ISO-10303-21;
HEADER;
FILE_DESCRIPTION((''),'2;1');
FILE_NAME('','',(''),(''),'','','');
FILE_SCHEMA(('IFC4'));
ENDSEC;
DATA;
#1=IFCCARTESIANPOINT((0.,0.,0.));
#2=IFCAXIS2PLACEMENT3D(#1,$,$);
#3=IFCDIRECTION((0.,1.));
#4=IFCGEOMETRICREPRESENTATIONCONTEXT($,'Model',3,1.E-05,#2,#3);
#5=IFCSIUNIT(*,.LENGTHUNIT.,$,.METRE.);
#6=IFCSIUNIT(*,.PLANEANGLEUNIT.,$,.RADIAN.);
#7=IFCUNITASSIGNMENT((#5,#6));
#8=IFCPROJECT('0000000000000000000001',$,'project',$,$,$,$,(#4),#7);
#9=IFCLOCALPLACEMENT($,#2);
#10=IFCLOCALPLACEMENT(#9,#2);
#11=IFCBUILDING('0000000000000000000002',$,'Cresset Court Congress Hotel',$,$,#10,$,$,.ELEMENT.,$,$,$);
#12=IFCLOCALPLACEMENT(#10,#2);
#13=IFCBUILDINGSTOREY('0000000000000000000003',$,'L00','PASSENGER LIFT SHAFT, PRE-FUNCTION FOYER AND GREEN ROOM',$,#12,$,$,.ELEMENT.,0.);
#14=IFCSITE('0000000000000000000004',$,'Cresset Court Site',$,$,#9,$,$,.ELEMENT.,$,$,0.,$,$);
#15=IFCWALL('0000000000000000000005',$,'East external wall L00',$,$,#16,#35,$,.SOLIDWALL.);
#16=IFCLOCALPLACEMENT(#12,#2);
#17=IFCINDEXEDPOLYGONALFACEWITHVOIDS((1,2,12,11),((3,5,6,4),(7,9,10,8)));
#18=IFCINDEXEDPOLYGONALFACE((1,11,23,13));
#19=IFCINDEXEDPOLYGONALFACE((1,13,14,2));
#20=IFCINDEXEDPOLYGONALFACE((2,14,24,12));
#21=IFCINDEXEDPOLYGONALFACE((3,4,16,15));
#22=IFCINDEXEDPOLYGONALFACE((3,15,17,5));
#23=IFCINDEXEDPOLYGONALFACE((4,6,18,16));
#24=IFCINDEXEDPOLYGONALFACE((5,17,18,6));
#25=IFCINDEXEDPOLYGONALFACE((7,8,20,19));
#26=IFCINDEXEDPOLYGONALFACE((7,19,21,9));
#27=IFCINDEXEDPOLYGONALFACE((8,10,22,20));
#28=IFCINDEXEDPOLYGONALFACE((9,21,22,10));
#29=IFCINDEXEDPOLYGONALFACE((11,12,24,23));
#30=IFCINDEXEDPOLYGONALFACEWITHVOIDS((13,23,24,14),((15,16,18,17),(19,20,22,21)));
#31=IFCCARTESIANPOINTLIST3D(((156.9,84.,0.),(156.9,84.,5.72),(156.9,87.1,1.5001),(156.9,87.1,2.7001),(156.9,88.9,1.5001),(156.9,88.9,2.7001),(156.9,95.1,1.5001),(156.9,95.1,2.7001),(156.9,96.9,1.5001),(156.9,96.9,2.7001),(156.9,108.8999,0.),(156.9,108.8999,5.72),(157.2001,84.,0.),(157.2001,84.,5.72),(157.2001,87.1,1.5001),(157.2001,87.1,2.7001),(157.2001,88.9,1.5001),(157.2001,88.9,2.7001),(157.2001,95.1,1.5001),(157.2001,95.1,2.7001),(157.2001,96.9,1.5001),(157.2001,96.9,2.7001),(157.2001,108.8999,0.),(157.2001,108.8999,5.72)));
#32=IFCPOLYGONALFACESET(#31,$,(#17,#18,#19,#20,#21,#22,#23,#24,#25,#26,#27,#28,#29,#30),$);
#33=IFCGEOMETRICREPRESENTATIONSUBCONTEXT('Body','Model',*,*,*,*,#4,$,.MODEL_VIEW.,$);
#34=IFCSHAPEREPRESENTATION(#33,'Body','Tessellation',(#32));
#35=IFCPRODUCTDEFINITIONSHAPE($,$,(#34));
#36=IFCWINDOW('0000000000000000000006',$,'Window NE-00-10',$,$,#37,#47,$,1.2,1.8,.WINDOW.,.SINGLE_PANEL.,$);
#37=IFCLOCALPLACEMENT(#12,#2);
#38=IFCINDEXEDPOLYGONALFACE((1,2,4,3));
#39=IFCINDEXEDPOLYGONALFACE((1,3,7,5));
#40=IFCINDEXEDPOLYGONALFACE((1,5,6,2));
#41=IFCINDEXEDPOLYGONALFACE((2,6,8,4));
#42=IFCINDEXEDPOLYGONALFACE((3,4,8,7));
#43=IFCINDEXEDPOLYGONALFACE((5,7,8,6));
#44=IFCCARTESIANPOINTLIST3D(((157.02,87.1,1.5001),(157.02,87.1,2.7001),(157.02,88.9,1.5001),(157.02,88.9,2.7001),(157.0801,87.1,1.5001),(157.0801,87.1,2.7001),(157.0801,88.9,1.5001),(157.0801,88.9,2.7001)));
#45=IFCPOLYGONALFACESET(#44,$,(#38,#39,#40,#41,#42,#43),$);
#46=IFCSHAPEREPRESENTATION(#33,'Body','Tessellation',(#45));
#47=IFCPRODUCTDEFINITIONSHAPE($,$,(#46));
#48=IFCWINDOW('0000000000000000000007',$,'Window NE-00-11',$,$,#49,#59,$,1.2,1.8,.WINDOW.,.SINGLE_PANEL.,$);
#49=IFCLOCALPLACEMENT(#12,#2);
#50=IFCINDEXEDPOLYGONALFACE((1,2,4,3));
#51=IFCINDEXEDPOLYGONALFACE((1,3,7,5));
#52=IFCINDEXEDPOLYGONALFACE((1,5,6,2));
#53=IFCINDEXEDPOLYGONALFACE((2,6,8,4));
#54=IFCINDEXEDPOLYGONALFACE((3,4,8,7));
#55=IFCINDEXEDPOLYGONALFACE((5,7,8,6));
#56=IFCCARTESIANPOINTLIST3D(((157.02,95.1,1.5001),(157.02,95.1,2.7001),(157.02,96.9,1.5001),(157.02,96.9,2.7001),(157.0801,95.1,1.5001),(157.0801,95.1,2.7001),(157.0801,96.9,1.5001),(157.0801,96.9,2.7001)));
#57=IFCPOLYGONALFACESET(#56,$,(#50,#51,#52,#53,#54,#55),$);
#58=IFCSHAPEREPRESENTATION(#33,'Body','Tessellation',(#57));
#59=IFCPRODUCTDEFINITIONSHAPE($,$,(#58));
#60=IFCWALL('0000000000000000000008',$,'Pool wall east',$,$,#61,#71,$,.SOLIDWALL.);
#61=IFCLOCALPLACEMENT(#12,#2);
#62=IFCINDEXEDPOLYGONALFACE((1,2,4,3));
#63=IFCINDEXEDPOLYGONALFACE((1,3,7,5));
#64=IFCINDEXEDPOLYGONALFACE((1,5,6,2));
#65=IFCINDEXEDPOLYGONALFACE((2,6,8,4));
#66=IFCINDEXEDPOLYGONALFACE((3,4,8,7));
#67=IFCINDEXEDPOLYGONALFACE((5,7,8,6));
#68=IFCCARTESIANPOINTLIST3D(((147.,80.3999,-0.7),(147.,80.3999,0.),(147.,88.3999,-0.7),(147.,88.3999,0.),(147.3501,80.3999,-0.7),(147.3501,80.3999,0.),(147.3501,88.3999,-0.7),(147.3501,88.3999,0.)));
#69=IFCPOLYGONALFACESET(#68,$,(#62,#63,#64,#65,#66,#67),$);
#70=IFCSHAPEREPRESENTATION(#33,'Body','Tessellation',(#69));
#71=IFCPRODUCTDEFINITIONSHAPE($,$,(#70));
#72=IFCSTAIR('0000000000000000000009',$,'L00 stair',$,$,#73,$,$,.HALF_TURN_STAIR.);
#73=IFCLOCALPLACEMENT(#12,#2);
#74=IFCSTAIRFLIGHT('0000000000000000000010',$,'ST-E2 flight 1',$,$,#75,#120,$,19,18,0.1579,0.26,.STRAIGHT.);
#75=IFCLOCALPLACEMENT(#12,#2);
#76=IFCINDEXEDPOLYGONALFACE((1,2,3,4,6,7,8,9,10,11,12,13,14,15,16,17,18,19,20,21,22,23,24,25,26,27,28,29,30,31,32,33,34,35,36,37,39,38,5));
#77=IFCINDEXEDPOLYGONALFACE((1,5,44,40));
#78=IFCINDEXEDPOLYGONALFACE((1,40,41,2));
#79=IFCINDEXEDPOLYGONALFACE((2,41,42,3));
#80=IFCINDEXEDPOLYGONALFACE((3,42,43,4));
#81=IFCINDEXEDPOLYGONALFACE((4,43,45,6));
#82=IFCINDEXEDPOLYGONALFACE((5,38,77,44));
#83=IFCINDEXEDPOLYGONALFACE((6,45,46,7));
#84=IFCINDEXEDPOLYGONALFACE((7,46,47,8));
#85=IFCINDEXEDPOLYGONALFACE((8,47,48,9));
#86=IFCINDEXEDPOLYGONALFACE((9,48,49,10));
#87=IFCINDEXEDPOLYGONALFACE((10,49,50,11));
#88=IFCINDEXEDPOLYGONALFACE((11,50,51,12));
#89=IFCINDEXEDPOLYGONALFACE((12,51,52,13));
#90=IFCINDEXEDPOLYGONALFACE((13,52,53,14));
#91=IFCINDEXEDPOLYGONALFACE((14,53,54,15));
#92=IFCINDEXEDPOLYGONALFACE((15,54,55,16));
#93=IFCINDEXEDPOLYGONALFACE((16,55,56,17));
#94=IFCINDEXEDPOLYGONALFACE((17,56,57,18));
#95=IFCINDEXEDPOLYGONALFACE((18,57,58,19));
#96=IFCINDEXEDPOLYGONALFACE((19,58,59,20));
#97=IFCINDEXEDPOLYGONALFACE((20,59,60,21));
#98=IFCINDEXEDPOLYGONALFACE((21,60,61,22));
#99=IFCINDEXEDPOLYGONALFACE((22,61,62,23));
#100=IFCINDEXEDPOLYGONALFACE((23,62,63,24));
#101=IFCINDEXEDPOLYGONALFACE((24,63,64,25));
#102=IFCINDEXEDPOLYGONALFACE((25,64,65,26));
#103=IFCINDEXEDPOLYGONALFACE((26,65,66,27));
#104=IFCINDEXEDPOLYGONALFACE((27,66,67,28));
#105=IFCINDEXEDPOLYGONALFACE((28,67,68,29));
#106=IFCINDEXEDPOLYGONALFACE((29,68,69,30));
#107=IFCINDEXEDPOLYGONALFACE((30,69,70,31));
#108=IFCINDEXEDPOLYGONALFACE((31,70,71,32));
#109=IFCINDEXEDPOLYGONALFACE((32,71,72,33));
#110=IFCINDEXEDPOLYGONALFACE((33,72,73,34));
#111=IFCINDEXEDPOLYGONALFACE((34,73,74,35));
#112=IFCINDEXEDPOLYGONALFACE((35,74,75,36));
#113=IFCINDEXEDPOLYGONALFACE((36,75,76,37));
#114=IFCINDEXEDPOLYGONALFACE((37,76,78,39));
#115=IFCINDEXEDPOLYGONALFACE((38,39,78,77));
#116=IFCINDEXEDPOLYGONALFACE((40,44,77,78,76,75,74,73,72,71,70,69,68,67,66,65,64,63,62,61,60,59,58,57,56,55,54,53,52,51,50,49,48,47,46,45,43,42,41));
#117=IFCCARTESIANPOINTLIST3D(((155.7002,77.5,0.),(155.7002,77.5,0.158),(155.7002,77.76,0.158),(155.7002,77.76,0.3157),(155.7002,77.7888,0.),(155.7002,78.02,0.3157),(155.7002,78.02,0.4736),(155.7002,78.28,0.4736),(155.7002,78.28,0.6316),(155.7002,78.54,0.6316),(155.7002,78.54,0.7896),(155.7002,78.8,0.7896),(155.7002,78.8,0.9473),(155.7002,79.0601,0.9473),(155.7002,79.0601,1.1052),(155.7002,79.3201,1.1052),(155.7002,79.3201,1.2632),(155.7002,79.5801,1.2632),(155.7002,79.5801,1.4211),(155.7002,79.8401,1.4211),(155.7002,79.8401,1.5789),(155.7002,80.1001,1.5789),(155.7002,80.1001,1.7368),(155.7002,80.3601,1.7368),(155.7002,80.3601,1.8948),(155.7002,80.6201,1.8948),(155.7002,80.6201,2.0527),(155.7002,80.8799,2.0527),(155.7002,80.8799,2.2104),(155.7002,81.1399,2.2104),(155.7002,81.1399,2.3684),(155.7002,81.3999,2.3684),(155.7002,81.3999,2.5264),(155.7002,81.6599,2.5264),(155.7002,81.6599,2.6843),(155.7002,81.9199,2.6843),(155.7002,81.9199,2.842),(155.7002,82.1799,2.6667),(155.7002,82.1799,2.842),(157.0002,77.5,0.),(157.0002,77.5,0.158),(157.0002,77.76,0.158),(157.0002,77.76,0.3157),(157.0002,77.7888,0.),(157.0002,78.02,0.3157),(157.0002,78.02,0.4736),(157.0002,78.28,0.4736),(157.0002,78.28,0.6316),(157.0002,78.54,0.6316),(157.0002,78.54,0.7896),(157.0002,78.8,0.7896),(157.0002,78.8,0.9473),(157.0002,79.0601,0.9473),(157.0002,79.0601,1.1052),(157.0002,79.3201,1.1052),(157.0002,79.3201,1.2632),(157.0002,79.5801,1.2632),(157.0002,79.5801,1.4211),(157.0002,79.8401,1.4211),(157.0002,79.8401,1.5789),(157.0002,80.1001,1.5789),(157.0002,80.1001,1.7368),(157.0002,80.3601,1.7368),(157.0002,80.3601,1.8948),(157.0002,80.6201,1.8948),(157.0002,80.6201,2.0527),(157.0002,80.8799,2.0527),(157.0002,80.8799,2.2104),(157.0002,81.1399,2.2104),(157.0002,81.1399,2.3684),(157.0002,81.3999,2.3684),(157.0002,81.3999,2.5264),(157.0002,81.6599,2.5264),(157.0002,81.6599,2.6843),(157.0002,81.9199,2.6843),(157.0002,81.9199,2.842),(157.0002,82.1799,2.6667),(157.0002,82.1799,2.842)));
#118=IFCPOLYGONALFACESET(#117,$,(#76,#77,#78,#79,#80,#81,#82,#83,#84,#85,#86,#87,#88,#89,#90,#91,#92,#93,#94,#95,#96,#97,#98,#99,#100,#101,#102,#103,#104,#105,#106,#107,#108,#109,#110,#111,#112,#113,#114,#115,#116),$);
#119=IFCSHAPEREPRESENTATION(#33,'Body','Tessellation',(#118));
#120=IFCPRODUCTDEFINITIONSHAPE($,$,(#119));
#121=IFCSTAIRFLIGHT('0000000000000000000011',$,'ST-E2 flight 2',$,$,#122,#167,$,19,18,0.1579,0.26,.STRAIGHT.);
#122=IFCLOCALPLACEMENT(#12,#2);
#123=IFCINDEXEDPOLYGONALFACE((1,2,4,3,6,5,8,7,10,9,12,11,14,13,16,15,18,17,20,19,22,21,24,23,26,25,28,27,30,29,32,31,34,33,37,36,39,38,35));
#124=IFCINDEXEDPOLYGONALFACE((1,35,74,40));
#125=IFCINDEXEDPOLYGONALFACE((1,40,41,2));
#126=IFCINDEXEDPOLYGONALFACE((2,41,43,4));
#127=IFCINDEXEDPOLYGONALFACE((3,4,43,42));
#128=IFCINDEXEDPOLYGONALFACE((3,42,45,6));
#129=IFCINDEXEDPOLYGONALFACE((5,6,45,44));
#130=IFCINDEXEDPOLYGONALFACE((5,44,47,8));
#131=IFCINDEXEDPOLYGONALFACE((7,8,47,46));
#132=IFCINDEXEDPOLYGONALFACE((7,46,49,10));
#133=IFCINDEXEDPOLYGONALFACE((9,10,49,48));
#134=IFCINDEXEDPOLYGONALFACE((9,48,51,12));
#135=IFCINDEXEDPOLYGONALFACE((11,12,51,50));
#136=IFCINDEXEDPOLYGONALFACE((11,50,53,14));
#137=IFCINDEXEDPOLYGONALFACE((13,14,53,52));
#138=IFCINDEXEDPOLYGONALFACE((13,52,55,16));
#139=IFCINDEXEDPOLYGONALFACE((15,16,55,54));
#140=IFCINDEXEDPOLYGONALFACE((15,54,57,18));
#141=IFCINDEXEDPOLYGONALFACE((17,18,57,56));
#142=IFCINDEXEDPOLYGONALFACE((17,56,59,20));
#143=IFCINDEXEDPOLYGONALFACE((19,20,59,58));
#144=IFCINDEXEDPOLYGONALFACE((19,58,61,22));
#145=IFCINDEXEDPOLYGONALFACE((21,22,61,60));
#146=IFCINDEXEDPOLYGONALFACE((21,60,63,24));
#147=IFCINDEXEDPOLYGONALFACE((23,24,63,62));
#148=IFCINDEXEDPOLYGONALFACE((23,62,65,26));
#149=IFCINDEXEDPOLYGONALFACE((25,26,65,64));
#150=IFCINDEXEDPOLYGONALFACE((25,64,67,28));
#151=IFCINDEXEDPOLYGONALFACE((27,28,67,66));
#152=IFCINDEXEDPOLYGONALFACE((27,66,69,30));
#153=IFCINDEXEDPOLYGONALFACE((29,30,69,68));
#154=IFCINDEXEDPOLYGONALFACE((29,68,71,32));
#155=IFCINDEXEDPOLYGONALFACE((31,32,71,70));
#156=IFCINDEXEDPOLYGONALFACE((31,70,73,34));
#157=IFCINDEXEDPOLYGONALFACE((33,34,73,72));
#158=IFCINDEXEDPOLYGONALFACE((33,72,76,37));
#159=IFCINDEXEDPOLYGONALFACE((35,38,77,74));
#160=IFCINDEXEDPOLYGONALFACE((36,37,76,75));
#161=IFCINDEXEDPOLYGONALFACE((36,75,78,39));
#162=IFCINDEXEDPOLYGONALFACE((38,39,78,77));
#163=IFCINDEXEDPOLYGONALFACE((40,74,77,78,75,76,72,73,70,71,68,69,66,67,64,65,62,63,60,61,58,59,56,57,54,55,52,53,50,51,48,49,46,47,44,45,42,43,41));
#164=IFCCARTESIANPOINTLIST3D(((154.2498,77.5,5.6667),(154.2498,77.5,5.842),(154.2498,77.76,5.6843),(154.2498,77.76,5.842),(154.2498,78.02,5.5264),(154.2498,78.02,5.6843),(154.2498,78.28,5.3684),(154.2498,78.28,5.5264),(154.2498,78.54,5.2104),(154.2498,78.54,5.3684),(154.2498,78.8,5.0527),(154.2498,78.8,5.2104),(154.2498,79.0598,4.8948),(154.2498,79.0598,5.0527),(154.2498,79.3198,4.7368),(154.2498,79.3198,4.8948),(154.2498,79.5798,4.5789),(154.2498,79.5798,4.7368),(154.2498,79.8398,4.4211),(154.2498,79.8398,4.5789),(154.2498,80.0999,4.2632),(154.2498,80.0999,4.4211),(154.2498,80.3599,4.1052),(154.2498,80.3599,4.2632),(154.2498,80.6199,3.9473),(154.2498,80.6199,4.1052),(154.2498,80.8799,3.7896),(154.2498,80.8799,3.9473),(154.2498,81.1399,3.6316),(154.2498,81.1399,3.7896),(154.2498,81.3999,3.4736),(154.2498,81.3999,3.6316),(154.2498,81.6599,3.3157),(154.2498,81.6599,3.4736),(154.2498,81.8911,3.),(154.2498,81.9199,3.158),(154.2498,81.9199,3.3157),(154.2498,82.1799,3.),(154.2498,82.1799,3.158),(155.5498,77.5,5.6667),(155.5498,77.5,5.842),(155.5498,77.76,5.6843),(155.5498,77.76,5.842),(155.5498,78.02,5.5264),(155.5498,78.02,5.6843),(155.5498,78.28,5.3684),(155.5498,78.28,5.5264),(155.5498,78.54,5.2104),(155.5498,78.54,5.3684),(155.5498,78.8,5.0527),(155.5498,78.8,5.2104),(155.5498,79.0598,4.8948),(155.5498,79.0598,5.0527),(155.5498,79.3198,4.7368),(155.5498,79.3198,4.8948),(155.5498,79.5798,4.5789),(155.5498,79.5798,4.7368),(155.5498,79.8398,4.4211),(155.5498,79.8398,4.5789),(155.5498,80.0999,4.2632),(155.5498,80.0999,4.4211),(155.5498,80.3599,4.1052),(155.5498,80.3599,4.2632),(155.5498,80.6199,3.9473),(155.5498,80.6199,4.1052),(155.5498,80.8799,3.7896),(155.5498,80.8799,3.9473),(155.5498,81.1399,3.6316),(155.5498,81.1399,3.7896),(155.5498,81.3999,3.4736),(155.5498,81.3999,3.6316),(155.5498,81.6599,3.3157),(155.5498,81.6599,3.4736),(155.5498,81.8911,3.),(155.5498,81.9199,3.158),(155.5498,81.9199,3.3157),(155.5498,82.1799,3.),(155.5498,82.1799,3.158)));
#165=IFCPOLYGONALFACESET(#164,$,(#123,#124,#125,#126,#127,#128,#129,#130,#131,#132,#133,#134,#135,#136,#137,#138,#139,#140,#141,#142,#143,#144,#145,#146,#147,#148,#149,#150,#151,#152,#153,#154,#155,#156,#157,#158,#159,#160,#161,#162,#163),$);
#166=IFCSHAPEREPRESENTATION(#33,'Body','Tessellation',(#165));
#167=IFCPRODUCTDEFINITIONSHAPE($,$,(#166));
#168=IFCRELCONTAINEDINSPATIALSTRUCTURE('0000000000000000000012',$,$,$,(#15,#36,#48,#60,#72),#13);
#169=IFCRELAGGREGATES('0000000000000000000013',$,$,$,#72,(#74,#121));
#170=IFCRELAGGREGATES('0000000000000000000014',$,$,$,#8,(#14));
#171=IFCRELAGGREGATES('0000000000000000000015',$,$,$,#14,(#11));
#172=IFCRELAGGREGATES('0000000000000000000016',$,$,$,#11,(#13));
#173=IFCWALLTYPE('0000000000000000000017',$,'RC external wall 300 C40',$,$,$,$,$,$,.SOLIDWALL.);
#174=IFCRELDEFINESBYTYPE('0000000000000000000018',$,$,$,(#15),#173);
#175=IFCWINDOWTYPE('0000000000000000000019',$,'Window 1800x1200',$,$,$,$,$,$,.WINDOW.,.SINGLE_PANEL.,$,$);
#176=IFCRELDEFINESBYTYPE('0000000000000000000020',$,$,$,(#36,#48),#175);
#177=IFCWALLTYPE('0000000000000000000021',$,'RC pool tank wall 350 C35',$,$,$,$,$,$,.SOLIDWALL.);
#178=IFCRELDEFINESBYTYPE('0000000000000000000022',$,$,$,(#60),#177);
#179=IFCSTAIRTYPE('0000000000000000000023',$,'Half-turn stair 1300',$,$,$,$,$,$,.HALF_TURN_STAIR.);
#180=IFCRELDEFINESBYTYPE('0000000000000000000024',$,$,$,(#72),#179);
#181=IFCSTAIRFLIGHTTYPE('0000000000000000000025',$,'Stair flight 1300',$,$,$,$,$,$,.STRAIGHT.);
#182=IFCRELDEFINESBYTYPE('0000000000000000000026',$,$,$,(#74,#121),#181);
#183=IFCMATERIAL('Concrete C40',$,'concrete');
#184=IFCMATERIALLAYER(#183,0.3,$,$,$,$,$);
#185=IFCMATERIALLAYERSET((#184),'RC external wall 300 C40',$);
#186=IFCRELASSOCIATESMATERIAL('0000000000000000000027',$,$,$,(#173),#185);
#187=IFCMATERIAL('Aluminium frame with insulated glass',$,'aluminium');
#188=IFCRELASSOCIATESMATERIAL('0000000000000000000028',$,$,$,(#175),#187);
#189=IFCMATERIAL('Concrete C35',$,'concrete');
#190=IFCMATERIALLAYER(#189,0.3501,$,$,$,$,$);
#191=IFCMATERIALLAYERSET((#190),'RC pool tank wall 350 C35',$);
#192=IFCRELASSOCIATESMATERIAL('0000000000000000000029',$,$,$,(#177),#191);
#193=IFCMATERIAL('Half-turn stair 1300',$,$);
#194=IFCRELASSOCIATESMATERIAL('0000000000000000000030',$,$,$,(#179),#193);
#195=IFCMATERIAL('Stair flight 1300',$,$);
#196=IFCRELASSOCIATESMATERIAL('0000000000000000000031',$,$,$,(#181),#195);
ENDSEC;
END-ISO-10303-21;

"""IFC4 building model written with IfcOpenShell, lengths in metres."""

from ifc_helpers import new_model, si_unit, direction, frame, frame_2d, origin, place, context, subcontext, project, spatial, polyline, rectangle, outline, extrude, material, layer, layer_set, type_object, element, fill, aggregate, save


model = new_model("IFC4")

# Units and contexts
model_context = context("Model", 3, precision=1e-05, world=origin(), true_north=direction((0.0, 1.0)))
body_context = subcontext(model_context, "Body", "Model", "MODEL_VIEW")
ifc_project = project(units=[si_unit("LENGTHUNIT", "METRE"), si_unit("PLANEANGLEUNIT", "RADIAN")], contexts=[model_context])

# Site, building, storey
site_placement = place(None, origin())
site = spatial("IfcSite", under=ifc_project, at=site_placement, Name="Cresset Court Site", CompositionType="ELEMENT", RefElevation=0.0)
building_placement = place(site_placement, origin())
building = spatial("IfcBuilding", under=site, at=building_placement, Name="Cresset Court Congress Hotel", CompositionType="ELEMENT")
storey_placement = place(building_placement, origin())
storey = spatial("IfcBuildingStorey", under=building, at=storey_placement, Name="L00", Description="PASSENGER LIFT SHAFT, PRE-FUNCTION FOYER AND GREEN ROOM", CompositionType="ELEMENT", Elevation=0.0)

# Wall, openings, windows
ifc_material_1 = material(Name="Concrete C40", Category="concrete")
ifc_layer_1 = layer(ifc_material_1, 0.3)
ifc_layer_set_1 = layer_set([ifc_layer_1], Name="RC external wall 300 C40")
wall_type_1 = type_object("IfcWallType", Name="RC external wall 300 C40", PredefinedType="SOLIDWALL", material=ifc_layer_set_1)
wall_1_placement = place(storey_placement, frame((157.05, 84.0, 0.0), z_axis=(0.0, 0.0, 1.0), x_axis=(0.0, 1.0, 0.0)))
wall_1 = element("IfcWall", 1, at=wall_1_placement, inside=storey, type_object=wall_type_1, Name="East external wall L00", PredefinedType="SOLIDWALL", context=body_context, shape_type="SweptSolid", body=[
    extrude(rectangle(XDim=24.8999, YDim=0.3, at=frame_2d((12.45, 0.0))), origin(), (0.0, 0.0, 1.0), 5.72),
])
opening_1_placement = place(wall_1_placement, frame((3.1001, 0.0, 1.5)))
opening_1 = element("IfcOpeningElement", 2, at=opening_1_placement, cuts=wall_1, PredefinedType="OPENING", context=body_context, shape_type="SweptSolid", body=[
    extrude(rectangle(XDim=1.8, YDim=1.2, at=frame_2d((0.8999, 0.6001))), frame((0.0, 0.1599, 0.0), z_axis=(0.0, -1.0, 0.0), x_axis=(1.0, 0.0, 0.0)), (0.0, 0.0, 1.0), 0.3201),
])
opening_2_placement = place(wall_1_placement, frame((11.1001, 0.0, 1.5)))
opening_2 = element("IfcOpeningElement", 3, at=opening_2_placement, cuts=wall_1, PredefinedType="OPENING", context=body_context, shape_type="SweptSolid", body=[
    extrude(rectangle(XDim=1.8, YDim=1.2, at=frame_2d((0.8999, 0.6001))), frame((0.0, 0.1599, 0.0), z_axis=(0.0, -1.0, 0.0), x_axis=(1.0, 0.0, 0.0)), (0.0, 0.0, 1.0), 0.3201),
])
ifc_material_2 = material(Name="Aluminium frame with insulated glass", Category="aluminium")
window_type = type_object("IfcWindowType", Name="Window 1800x1200", PartitioningType="SINGLE_PANEL", PredefinedType="WINDOW", material=ifc_material_2)
window_1_placement = place(opening_1_placement, origin())
window_1 = element("IfcWindow", 4, at=window_1_placement, inside=storey, type_object=window_type, Name="Window NE-00-10", OverallHeight=1.2, OverallWidth=1.8, PartitioningType="SINGLE_PANEL", PredefinedType="WINDOW", context=body_context, shape_type="SweptSolid", body=[
    extrude(rectangle(XDim=1.8, YDim=1.2, at=frame_2d((0.8999, 0.6001))), frame((0.0, 0.03, 0.0), z_axis=(0.0, -1.0, 0.0), x_axis=(1.0, 0.0, 0.0)), (0.0, 0.0, 1.0), 0.0601),
])
fill(opening_1, window_1)
window_2_placement = place(opening_2_placement, origin())
window_2 = element("IfcWindow", 5, at=window_2_placement, inside=storey, type_object=window_type, Name="Window NE-00-11", OverallHeight=1.2, OverallWidth=1.8, PartitioningType="SINGLE_PANEL", PredefinedType="WINDOW", context=body_context, shape_type="SweptSolid", body=[
    extrude(rectangle(XDim=1.8, YDim=1.2, at=frame_2d((0.8999, 0.6001))), frame((0.0, 0.03, 0.0), z_axis=(0.0, -1.0, 0.0), x_axis=(1.0, 0.0, 0.0)), (0.0, 0.0, 1.0), 0.0601),
])
fill(opening_2, window_2)

# Wall
ifc_material_3 = material(Name="Concrete C35", Category="concrete")
ifc_layer_2 = layer(ifc_material_3, 0.3501)
ifc_layer_set_2 = layer_set([ifc_layer_2], Name="RC pool tank wall 350 C35")
wall_type_2 = type_object("IfcWallType", Name="RC pool tank wall 350 C35", PredefinedType="SOLIDWALL", material=ifc_layer_set_2)
wall_2_placement = place(storey_placement, frame((147.175, 80.3999, -0.7), z_axis=(0.0, 0.0, 1.0), x_axis=(0.0, 1.0, 0.0)))
element("IfcWall", 6, at=wall_2_placement, inside=storey, type_object=wall_type_2, Name="Pool wall east", PredefinedType="SOLIDWALL", context=body_context, shape_type="SweptSolid", body=[
    extrude(rectangle(XDim=8.0, YDim=0.3501, at=frame_2d((4.0, 0.0))), origin(), (0.0, 0.0, 1.0), 0.7),
])

# Stair, stair flights
ifc_material_4 = material(Name="Half-turn stair 1300")
stair_type = type_object("IfcStairType", Name="Half-turn stair 1300", PredefinedType="HALF_TURN_STAIR", material=ifc_material_4)
stair_placement = place(storey_placement, origin())
stair = element("IfcStair", 7, at=stair_placement, inside=storey, type_object=stair_type, Name="L00 stair", PredefinedType="HALF_TURN_STAIR")
ifc_material_5 = material(Name="Stair flight 1300")
stair_flight_type = type_object("IfcStairFlightType", Name="Stair flight 1300", PredefinedType="STRAIGHT", material=ifc_material_5)
stair_flight_1_placement = place(storey_placement, frame((156.3501, 77.5, 0.0), z_axis=(0.0, 0.0, 1.0), x_axis=(0.0, 1.0, 0.0)))
stair_flight_1 = element("IfcStairFlight", 8, at=stair_flight_1_placement, type_object=stair_flight_type, Name="ST-E2 flight 1", NumberOfRisers=19, NumberOfTreads=18, PredefinedType="STRAIGHT", RiserHeight=0.1579, TreadLength=0.26, context=body_context, shape_type="SweptSolid", body=[
    extrude(outline(polyline([(0.0, 0.0), (0.0, 0.158), (0.26, 0.158), (0.26, 0.3157), (0.52, 0.3157), (0.52, 0.4736), (0.78, 0.4736), (0.78, 0.6316), (1.04, 0.6316), (1.04, 0.7896), (1.3, 0.7896), (1.3, 0.9473), (1.5601, 0.9473), (1.5601, 1.1052), (1.8201, 1.1052), (1.8201, 1.2632), (2.0801, 1.2632), (2.0801, 1.4211), (2.3401, 1.4211), (2.3401, 1.5789), (2.6001, 1.5789), (2.6001, 1.7368), (2.8601, 1.7368), (2.8601, 1.8948), (3.1201, 1.8948), (3.1201, 2.0527), (3.3799, 2.0527), (3.3799, 2.2104), (3.6399, 2.2104), (3.6399, 2.3684), (3.8999, 2.3684), (3.8999, 2.5264), (4.1599, 2.5264), (4.1599, 2.6843), (4.4199, 2.6843), (4.4199, 2.842), (4.6799, 2.842), (4.6799, 3.0), (4.6799, 2.6667), (0.2888, 0.0), (0.0, 0.0)])), frame((0.0, 0.6499, 0.0), z_axis=(0.0, -1.0, 0.0), x_axis=(1.0, 0.0, 0.0)), (0.0, 0.0, 1.0), 1.3),
])
stair_flight_2_placement = place(storey_placement, frame((154.8999, 82.1799, 3.0), z_axis=(0.0, 0.0, 1.0), x_axis=(0.0, -1.0, 0.0)))
stair_flight_2 = element("IfcStairFlight", 9, at=stair_flight_2_placement, type_object=stair_flight_type, Name="ST-E2 flight 2", NumberOfRisers=19, NumberOfTreads=18, PredefinedType="STRAIGHT", RiserHeight=0.1579, TreadLength=0.26, context=body_context, shape_type="SweptSolid", body=[
    extrude(outline(polyline([(0.0, 0.0), (0.0, 0.158), (0.26, 0.158), (0.26, 0.3157), (0.52, 0.3157), (0.52, 0.4736), (0.78, 0.4736), (0.78, 0.6316), (1.04, 0.6316), (1.04, 0.7896), (1.3, 0.7896), (1.3, 0.9473), (1.5601, 0.9473), (1.5601, 1.1052), (1.8201, 1.1052), (1.8201, 1.2632), (2.0801, 1.2632), (2.0801, 1.4211), (2.3401, 1.4211), (2.3401, 1.5789), (2.6001, 1.5789), (2.6001, 1.7368), (2.8601, 1.7368), (2.8601, 1.8948), (3.1201, 1.8948), (3.1201, 2.0527), (3.3799, 2.0527), (3.3799, 2.2104), (3.6399, 2.2104), (3.6399, 2.3684), (3.8999, 2.3684), (3.8999, 2.5264), (4.1599, 2.5264), (4.1599, 2.6843), (4.4199, 2.6843), (4.4199, 2.842), (4.6799, 2.842), (4.6799, 3.0), (4.6799, 2.6667), (0.2888, 0.0), (0.0, 0.0)])), frame((0.0, 0.6499, 0.0), z_axis=(0.0, -1.0, 0.0), x_axis=(1.0, 0.0, 0.0)), (0.0, 0.0, 1.0), 1.3),
])
aggregate(stair, [stair_flight_1, stair_flight_2])

save(model, "model.ifc")
